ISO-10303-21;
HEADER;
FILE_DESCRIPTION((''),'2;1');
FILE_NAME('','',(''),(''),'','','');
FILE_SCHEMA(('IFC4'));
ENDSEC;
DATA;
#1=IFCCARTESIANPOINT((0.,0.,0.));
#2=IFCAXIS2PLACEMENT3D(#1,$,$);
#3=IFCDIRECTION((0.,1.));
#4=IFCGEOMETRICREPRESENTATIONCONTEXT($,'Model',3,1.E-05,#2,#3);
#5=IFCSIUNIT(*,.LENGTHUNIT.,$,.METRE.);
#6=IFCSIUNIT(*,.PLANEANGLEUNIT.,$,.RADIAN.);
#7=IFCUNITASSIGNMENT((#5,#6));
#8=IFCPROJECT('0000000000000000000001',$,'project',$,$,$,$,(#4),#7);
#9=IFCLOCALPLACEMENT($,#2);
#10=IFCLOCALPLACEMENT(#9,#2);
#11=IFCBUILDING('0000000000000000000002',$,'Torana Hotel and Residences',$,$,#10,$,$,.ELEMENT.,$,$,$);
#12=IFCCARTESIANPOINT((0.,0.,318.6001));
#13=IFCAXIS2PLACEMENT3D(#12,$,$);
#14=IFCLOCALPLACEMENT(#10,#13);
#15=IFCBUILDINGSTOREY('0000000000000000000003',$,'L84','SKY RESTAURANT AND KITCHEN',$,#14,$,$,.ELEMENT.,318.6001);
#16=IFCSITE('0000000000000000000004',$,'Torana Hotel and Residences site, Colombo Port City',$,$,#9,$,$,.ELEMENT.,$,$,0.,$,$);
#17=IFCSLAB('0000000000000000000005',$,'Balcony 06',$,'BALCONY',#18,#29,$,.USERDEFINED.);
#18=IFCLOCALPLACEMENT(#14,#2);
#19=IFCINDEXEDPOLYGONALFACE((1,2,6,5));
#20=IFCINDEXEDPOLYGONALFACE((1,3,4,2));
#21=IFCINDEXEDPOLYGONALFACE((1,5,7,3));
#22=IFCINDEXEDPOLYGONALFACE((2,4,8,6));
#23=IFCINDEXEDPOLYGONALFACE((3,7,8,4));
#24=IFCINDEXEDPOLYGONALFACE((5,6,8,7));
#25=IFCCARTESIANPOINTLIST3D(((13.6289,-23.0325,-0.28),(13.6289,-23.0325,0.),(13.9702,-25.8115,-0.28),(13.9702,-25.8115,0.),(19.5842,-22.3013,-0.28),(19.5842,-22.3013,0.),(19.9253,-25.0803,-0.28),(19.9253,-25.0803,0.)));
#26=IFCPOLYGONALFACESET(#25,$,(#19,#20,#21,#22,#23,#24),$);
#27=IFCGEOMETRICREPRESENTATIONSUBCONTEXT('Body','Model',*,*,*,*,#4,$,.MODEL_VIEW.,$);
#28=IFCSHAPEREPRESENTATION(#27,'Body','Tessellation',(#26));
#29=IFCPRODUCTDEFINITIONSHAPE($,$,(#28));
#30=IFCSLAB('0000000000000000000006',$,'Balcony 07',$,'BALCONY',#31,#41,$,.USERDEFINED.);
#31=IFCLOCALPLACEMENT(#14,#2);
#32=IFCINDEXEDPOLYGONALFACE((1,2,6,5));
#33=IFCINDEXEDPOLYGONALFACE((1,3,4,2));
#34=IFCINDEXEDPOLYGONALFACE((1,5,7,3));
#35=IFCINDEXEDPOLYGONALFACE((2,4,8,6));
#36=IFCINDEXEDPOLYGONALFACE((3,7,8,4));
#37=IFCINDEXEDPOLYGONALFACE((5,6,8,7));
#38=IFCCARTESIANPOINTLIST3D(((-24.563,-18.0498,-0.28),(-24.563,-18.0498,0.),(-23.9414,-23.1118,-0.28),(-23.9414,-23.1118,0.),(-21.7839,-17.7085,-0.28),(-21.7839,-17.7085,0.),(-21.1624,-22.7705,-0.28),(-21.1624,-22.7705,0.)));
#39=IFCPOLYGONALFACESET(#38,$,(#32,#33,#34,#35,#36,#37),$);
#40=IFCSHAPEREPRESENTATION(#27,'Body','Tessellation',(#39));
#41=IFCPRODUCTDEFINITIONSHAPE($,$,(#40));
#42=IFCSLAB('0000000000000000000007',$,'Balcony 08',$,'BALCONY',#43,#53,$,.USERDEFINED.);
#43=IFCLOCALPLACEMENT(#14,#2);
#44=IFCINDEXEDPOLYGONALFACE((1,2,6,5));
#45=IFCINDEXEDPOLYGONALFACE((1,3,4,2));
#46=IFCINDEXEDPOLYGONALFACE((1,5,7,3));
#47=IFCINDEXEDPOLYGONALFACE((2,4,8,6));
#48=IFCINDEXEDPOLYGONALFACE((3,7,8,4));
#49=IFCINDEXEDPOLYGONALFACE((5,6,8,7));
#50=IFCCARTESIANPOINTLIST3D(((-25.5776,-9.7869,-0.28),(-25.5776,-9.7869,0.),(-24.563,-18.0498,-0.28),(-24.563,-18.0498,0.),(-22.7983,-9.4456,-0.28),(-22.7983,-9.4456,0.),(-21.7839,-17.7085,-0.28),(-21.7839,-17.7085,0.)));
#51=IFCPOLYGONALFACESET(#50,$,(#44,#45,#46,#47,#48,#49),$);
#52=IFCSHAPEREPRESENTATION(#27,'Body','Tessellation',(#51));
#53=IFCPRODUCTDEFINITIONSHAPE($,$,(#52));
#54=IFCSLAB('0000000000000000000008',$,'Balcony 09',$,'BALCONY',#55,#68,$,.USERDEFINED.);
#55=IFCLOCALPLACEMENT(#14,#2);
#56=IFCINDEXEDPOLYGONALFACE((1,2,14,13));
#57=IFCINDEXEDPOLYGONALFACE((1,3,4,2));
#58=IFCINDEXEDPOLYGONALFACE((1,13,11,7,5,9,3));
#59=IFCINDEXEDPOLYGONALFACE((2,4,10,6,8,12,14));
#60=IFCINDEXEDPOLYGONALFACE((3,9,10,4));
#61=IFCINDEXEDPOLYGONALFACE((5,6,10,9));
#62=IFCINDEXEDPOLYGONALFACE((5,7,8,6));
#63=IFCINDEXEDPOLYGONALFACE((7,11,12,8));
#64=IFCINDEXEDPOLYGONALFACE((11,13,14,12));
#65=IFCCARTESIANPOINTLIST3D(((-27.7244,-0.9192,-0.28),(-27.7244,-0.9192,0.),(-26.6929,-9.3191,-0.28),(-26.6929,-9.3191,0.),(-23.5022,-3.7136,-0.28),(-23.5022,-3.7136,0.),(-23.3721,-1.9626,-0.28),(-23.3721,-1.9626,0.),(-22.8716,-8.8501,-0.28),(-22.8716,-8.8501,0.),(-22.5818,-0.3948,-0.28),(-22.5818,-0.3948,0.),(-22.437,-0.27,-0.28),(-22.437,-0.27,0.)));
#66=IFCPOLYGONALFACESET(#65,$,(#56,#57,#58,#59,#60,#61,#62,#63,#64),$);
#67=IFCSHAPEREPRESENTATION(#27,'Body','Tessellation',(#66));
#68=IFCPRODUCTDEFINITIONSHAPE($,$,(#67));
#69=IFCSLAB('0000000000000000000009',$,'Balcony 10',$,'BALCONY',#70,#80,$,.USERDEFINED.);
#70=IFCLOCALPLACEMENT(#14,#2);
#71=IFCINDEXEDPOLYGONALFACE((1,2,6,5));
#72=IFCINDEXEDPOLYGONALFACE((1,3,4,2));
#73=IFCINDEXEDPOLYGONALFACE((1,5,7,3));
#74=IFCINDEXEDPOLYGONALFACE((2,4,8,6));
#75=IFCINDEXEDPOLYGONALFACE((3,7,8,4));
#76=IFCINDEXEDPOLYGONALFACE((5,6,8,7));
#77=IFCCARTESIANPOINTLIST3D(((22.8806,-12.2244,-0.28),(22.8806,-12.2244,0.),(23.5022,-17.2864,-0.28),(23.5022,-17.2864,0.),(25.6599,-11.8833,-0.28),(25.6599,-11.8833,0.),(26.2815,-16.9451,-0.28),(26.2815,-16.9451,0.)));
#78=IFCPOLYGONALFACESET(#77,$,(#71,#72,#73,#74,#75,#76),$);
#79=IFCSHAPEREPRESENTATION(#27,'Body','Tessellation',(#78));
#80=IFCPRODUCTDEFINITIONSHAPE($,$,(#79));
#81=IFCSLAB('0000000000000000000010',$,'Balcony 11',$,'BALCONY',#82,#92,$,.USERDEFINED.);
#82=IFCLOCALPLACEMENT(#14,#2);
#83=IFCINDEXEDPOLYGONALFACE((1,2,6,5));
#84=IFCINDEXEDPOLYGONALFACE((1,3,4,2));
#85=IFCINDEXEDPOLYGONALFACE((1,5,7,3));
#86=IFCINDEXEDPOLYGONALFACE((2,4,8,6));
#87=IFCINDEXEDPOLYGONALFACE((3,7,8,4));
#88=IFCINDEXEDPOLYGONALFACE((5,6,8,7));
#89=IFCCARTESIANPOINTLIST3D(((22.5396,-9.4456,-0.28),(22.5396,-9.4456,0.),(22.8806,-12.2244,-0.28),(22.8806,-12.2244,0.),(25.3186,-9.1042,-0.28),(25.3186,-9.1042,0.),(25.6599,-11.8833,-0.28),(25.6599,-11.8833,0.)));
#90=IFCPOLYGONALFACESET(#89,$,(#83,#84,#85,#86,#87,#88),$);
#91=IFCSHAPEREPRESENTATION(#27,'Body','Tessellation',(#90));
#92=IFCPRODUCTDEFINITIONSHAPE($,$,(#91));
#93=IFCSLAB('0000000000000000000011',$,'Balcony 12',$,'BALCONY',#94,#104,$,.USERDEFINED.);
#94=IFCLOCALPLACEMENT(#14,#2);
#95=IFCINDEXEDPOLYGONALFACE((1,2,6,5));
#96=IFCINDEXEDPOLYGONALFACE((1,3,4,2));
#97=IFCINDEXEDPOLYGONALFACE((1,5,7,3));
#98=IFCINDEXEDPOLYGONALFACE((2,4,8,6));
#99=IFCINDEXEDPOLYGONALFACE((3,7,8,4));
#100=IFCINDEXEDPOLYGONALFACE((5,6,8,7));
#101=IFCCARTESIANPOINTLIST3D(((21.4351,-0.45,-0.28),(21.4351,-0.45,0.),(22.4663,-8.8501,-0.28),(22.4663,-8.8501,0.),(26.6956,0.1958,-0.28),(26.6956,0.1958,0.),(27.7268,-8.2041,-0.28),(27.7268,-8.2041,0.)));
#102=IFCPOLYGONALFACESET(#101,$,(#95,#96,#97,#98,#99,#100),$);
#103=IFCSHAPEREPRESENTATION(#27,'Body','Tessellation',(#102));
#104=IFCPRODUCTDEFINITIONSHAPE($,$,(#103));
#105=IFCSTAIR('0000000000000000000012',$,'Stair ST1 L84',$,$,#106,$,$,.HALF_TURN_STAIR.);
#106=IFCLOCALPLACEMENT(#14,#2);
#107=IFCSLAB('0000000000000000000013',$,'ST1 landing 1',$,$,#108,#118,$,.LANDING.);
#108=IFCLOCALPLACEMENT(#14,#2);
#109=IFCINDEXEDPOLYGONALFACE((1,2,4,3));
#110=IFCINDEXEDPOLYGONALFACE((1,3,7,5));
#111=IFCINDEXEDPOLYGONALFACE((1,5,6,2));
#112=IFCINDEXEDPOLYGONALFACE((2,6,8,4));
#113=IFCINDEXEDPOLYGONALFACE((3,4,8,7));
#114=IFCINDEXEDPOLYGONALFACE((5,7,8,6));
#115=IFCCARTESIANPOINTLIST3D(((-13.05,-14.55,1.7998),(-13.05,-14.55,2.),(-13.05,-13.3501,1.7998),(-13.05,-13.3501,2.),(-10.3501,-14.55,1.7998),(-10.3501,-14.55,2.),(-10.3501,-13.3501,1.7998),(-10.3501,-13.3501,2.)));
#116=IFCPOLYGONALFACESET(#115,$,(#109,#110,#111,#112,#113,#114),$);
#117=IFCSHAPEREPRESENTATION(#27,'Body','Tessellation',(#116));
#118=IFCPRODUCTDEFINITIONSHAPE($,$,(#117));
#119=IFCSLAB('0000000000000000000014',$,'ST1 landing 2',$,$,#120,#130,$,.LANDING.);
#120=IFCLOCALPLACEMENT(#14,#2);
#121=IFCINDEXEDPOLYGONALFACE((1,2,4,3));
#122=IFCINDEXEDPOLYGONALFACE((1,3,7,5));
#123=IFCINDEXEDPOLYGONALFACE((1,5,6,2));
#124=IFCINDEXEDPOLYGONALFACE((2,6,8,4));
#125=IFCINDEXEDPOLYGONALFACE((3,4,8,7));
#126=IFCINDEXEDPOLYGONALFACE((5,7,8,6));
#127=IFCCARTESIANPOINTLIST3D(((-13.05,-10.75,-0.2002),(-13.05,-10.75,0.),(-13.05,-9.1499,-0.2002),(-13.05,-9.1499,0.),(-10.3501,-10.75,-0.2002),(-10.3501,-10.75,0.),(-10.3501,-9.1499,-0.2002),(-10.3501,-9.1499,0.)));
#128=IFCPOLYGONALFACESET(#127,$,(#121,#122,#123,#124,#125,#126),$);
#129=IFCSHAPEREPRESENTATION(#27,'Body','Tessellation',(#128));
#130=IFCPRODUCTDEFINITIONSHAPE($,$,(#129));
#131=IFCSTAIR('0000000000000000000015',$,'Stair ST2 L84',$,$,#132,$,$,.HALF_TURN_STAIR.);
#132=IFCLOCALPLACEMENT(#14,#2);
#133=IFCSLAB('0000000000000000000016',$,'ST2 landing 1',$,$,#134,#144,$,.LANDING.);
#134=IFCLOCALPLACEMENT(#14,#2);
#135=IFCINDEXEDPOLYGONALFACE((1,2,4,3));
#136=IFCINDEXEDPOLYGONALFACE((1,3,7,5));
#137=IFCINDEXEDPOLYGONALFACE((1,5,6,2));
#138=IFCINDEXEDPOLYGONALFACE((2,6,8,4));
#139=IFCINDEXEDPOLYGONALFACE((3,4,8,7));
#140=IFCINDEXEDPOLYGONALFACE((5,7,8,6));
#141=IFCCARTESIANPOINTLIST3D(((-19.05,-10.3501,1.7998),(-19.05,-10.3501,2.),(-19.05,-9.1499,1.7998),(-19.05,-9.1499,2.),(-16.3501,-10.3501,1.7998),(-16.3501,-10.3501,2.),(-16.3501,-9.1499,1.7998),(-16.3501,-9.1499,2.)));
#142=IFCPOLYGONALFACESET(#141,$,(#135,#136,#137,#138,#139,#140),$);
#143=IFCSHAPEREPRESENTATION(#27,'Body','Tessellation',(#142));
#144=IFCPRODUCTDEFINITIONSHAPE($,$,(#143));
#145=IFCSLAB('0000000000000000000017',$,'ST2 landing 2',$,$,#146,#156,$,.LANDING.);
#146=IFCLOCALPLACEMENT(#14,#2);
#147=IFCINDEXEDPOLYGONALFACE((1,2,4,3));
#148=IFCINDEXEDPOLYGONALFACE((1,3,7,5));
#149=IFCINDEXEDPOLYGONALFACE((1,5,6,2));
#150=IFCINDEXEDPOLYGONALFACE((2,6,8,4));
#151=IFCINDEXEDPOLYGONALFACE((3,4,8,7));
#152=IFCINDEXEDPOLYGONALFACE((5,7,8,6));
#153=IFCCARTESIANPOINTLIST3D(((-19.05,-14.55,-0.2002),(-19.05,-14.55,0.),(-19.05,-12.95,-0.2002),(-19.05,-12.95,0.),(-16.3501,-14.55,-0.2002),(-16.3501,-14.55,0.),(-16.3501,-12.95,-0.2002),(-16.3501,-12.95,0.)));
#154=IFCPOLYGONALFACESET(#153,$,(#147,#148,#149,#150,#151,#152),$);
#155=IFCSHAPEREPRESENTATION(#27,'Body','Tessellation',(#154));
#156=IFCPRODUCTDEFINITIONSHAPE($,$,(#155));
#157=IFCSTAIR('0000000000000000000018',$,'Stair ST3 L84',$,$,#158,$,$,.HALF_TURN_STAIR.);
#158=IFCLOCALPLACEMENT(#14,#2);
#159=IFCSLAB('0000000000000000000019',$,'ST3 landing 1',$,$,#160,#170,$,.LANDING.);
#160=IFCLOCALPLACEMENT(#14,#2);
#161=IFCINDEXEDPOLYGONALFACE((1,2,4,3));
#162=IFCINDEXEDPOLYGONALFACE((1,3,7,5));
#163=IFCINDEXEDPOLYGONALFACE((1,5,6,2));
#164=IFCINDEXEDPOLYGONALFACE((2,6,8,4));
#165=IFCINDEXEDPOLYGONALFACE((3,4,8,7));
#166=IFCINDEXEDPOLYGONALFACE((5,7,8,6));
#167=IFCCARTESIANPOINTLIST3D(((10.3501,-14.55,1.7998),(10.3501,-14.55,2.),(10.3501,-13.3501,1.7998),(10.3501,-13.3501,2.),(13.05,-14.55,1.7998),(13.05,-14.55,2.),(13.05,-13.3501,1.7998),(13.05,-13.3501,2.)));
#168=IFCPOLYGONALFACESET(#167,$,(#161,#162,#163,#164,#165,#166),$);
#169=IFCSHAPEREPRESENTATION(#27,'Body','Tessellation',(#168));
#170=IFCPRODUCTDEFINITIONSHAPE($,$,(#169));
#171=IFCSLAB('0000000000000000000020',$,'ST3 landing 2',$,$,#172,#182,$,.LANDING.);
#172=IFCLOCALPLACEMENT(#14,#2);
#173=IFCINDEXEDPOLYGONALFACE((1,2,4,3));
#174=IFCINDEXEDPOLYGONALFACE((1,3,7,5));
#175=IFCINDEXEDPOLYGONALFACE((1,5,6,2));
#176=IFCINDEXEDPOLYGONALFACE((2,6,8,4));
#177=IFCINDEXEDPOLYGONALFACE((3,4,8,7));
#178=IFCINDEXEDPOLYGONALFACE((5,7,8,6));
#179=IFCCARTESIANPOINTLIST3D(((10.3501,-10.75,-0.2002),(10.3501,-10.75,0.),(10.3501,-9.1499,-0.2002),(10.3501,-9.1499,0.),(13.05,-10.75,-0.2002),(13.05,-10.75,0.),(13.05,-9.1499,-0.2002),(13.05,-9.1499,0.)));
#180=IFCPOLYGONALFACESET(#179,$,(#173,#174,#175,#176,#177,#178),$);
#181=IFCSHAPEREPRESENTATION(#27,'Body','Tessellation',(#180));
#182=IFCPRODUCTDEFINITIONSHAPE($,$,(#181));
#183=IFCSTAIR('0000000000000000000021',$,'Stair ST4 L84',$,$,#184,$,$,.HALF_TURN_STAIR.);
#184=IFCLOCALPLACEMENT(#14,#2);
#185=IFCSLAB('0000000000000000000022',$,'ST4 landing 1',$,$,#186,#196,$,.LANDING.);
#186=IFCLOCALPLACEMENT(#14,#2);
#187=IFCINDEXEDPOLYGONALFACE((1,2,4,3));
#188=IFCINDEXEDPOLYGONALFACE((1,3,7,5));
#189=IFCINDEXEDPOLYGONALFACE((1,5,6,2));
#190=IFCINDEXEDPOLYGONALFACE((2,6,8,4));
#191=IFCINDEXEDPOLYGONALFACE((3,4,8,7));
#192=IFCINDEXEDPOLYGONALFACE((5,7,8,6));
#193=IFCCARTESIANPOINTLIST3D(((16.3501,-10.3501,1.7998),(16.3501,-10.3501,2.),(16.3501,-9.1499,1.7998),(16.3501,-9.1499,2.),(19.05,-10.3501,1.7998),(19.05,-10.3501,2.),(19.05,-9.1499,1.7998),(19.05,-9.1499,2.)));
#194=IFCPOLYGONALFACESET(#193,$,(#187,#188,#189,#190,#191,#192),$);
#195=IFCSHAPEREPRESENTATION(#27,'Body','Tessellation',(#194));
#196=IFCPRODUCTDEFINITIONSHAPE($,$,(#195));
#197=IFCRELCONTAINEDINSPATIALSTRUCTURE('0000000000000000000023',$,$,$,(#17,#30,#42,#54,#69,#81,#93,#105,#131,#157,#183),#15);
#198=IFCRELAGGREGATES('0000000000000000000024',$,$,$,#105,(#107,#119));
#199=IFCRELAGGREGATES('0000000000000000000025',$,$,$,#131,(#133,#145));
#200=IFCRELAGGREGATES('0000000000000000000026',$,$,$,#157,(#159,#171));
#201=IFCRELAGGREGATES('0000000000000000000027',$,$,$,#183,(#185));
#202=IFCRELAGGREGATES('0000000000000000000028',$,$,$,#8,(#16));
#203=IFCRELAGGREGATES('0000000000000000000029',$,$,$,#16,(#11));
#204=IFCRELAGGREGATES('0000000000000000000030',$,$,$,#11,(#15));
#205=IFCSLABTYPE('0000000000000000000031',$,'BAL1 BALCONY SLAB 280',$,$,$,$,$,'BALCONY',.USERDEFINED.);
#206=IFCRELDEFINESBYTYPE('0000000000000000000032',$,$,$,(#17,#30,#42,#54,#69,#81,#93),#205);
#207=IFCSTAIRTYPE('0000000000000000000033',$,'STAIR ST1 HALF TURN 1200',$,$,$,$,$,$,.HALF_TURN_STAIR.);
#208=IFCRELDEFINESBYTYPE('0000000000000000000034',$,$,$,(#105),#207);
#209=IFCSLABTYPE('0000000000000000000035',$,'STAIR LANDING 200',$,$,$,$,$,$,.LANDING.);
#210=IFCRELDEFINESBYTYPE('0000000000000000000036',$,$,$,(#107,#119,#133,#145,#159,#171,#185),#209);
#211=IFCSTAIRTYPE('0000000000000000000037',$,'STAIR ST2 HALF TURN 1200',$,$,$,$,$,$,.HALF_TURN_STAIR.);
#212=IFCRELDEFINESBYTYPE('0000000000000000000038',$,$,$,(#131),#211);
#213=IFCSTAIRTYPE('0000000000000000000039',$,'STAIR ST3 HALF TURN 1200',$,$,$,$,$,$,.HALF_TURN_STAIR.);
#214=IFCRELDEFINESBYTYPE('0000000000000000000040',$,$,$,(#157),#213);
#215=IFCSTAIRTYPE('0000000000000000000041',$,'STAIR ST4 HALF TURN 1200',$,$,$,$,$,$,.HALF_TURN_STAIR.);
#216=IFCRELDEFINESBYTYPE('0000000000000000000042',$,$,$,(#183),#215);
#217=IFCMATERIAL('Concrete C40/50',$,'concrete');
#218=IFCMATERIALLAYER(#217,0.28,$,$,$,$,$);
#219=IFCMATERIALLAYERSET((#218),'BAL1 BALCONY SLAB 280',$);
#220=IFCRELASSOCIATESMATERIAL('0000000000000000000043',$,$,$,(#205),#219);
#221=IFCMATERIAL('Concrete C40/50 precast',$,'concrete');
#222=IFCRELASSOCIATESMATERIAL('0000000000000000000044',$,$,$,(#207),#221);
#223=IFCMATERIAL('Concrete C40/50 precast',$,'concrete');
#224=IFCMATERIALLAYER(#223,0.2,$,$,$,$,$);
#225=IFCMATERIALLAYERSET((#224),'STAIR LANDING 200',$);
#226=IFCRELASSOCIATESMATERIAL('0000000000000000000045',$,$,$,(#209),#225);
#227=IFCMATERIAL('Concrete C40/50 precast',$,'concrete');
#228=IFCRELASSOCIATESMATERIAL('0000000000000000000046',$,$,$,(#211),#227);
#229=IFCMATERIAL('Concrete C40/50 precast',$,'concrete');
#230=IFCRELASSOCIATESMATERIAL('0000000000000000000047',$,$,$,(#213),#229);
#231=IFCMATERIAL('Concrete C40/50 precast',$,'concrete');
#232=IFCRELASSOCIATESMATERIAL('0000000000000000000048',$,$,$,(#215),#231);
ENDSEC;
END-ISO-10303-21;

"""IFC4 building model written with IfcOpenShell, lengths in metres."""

from ifc_helpers import new_model, si_unit, direction, frame, origin, place, context, subcontext, project, spatial, polyline, outline, extrude, material, layer, layer_set, type_object, element, aggregate, save


model = new_model("IFC4")

# Units and contexts
model_context = context("Model", 3, precision=1e-05, world=origin(), true_north=direction((0.0, 1.0)))
body_context = subcontext(model_context, "Body", "Model", "MODEL_VIEW")
ifc_project = project(units=[si_unit("LENGTHUNIT", "METRE"), si_unit("PLANEANGLEUNIT", "RADIAN")], contexts=[model_context])

# Site, building, storey
site_placement = place(None, origin())
site = spatial("IfcSite", under=ifc_project, at=site_placement, Name="Torana Hotel and Residences site, Colombo Port City", CompositionType="ELEMENT", RefElevation=0.0)
building_placement = place(site_placement, origin())
building = spatial("IfcBuilding", under=site, at=building_placement, Name="Torana Hotel and Residences", CompositionType="ELEMENT")
storey_placement = place(building_placement, frame((0.0, 0.0, 318.6001)))
storey = spatial("IfcBuildingStorey", under=building, at=storey_placement, Name="L84", Description="SKY RESTAURANT AND KITCHEN", CompositionType="ELEMENT", Elevation=318.6001)

# Slabs
ifc_material_1 = material(Name="Concrete C40/50", Category="concrete")
ifc_layer_1 = layer(ifc_material_1, 0.28)
ifc_layer_set_1 = layer_set([ifc_layer_1], Name="BAL1 BALCONY SLAB 280")
slab_type_1 = type_object("IfcSlabType", Name="BAL1 BALCONY SLAB 280", ElementType="BALCONY", PredefinedType="USERDEFINED", material=ifc_layer_set_1)
slab_1_placement = place(storey_placement, frame((0.0, 0.0, -0.28)))
element("IfcSlab", 1, at=slab_1_placement, inside=storey, type_object=slab_type_1, Name="Balcony 06", ObjectType="BALCONY", PredefinedType="USERDEFINED", context=body_context, shape_type="SweptSolid", body=[
    extrude(outline(polyline([(13.9702, -25.8115), (19.9253, -25.0803), (19.5842, -22.3013), (13.6289, -23.0325), (13.9702, -25.8115)])), origin(), (0.0, 0.0, 1.0), 0.28),
])
slab_2_placement = place(storey_placement, frame((0.0, 0.0, -0.28)))
element("IfcSlab", 2, at=slab_2_placement, inside=storey, type_object=slab_type_1, Name="Balcony 07", ObjectType="BALCONY", PredefinedType="USERDEFINED", context=body_context, shape_type="SweptSolid", body=[
    extrude(outline(polyline([(-23.9414, -23.1118), (-21.1624, -22.7705), (-21.7839, -17.7085), (-24.563, -18.0498), (-23.9414, -23.1118)])), origin(), (0.0, 0.0, 1.0), 0.28),
])
slab_3_placement = place(storey_placement, frame((0.0, 0.0, -0.28)))
element("IfcSlab", 3, at=slab_3_placement, inside=storey, type_object=slab_type_1, Name="Balcony 08", ObjectType="BALCONY", PredefinedType="USERDEFINED", context=body_context, shape_type="SweptSolid", body=[
    extrude(outline(polyline([(-24.563, -18.0498), (-21.7839, -17.7085), (-22.7983, -9.4456), (-25.5776, -9.7869), (-24.563, -18.0498)])), origin(), (0.0, 0.0, 1.0), 0.28),
])
slab_4_placement = place(storey_placement, frame((0.0, 0.0, -0.28)))
element("IfcSlab", 4, at=slab_4_placement, inside=storey, type_object=slab_type_1, Name="Balcony 09", ObjectType="BALCONY", PredefinedType="USERDEFINED", context=body_context, shape_type="SweptSolid", body=[
    extrude(outline(polyline([(-26.6929, -9.3191), (-22.8716, -8.8501), (-23.5022, -3.7136), (-23.3721, -1.9626), (-22.5818, -0.3948), (-22.437, -0.27), (-27.7244, -0.9192), (-26.6929, -9.3191)])), origin(), (0.0, 0.0, 1.0), 0.28),
])
slab_5_placement = place(storey_placement, frame((0.0, 0.0, -0.28)))
element("IfcSlab", 5, at=slab_5_placement, inside=storey, type_object=slab_type_1, Name="Balcony 10", ObjectType="BALCONY", PredefinedType="USERDEFINED", context=body_context, shape_type="SweptSolid", body=[
    extrude(outline(polyline([(23.5022, -17.2864), (26.2815, -16.9451), (25.6599, -11.8833), (22.8806, -12.2244), (23.5022, -17.2864)])), origin(), (0.0, 0.0, 1.0), 0.28),
])
slab_6_placement = place(storey_placement, frame((0.0, 0.0, -0.28)))
element("IfcSlab", 6, at=slab_6_placement, inside=storey, type_object=slab_type_1, Name="Balcony 11", ObjectType="BALCONY", PredefinedType="USERDEFINED", context=body_context, shape_type="SweptSolid", body=[
    extrude(outline(polyline([(22.8806, -12.2244), (25.6599, -11.8833), (25.3186, -9.1042), (22.5396, -9.4456), (22.8806, -12.2244)])), origin(), (0.0, 0.0, 1.0), 0.28),
])
slab_7_placement = place(storey_placement, frame((0.0, 0.0, -0.28)))
element("IfcSlab", 7, at=slab_7_placement, inside=storey, type_object=slab_type_1, Name="Balcony 12", ObjectType="BALCONY", PredefinedType="USERDEFINED", context=body_context, shape_type="SweptSolid", body=[
    extrude(outline(polyline([(22.4663, -8.8501), (27.7268, -8.2041), (26.6956, 0.1958), (21.4351, -0.45), (22.4663, -8.8501)])), origin(), (0.0, 0.0, 1.0), 0.28),
])

# Stairs, slabs
ifc_material_2 = material(Name="Concrete C40/50 precast", Category="concrete")
stair_type_1 = type_object("IfcStairType", Name="STAIR ST1 HALF TURN 1200", PredefinedType="HALF_TURN_STAIR", material=ifc_material_2)
stair_1_placement = place(storey_placement, origin())
stair_1 = element("IfcStair", 8, at=stair_1_placement, inside=storey, type_object=stair_type_1, Name="Stair ST1 L84", PredefinedType="HALF_TURN_STAIR")
ifc_material_3 = material(Name="Concrete C40/50 precast", Category="concrete")
ifc_layer_2 = layer(ifc_material_3, 0.2)
ifc_layer_set_2 = layer_set([ifc_layer_2], Name="STAIR LANDING 200")
slab_type_2 = type_object("IfcSlabType", Name="STAIR LANDING 200", PredefinedType="LANDING", material=ifc_layer_set_2)
slab_8_placement = place(storey_placement, frame((0.0, 0.0, 1.7998)))
slab_8 = element("IfcSlab", 9, at=slab_8_placement, type_object=slab_type_2, Name="ST1 landing 1", PredefinedType="LANDING", context=body_context, shape_type="SweptSolid", body=[
    extrude(outline(polyline([(-13.05, -14.55), (-10.3501, -14.55), (-10.3501, -13.3501), (-13.05, -13.3501), (-13.05, -14.55)])), origin(), (0.0, 0.0, 1.0), 0.2002),
])
slab_9_placement = place(storey_placement, frame((0.0, 0.0, -0.2002)))
slab_9 = element("IfcSlab", 10, at=slab_9_placement, type_object=slab_type_2, Name="ST1 landing 2", PredefinedType="LANDING", context=body_context, shape_type="SweptSolid", body=[
    extrude(outline(polyline([(-13.05, -10.75), (-10.3501, -10.75), (-10.3501, -9.1499), (-13.05, -9.1499), (-13.05, -10.75)])), origin(), (0.0, 0.0, 1.0), 0.2002),
])
aggregate(stair_1, [slab_8, slab_9])
ifc_material_4 = material(Name="Concrete C40/50 precast", Category="concrete")
stair_type_2 = type_object("IfcStairType", Name="STAIR ST2 HALF TURN 1200", PredefinedType="HALF_TURN_STAIR", material=ifc_material_4)
stair_2_placement = place(storey_placement, origin())
stair_2 = element("IfcStair", 11, at=stair_2_placement, inside=storey, type_object=stair_type_2, Name="Stair ST2 L84", PredefinedType="HALF_TURN_STAIR")
slab_10_placement = place(storey_placement, frame((0.0, 0.0, 1.7998)))
slab_10 = element("IfcSlab", 12, at=slab_10_placement, type_object=slab_type_2, Name="ST2 landing 1", PredefinedType="LANDING", context=body_context, shape_type="SweptSolid", body=[
    extrude(outline(polyline([(-19.05, -10.3501), (-16.3501, -10.3501), (-16.3501, -9.1499), (-19.05, -9.1499), (-19.05, -10.3501)])), origin(), (0.0, 0.0, 1.0), 0.2002),
])
slab_11_placement = place(storey_placement, frame((0.0, 0.0, -0.2002)))
slab_11 = element("IfcSlab", 13, at=slab_11_placement, type_object=slab_type_2, Name="ST2 landing 2", PredefinedType="LANDING", context=body_context, shape_type="SweptSolid", body=[
    extrude(outline(polyline([(-19.05, -14.55), (-16.3501, -14.55), (-16.3501, -12.95), (-19.05, -12.95), (-19.05, -14.55)])), origin(), (0.0, 0.0, 1.0), 0.2002),
])
aggregate(stair_2, [slab_10, slab_11])
ifc_material_5 = material(Name="Concrete C40/50 precast", Category="concrete")
stair_type_3 = type_object("IfcStairType", Name="STAIR ST3 HALF TURN 1200", PredefinedType="HALF_TURN_STAIR", material=ifc_material_5)
stair_3_placement = place(storey_placement, origin())
stair_3 = element("IfcStair", 14, at=stair_3_placement, inside=storey, type_object=stair_type_3, Name="Stair ST3 L84", PredefinedType="HALF_TURN_STAIR")
slab_12_placement = place(storey_placement, frame((0.0, 0.0, 1.7998)))
slab_12 = element("IfcSlab", 15, at=slab_12_placement, type_object=slab_type_2, Name="ST3 landing 1", PredefinedType="LANDING", context=body_context, shape_type="SweptSolid", body=[
    extrude(outline(polyline([(10.3501, -14.55), (13.05, -14.55), (13.05, -13.3501), (10.3501, -13.3501), (10.3501, -14.55)])), origin(), (0.0, 0.0, 1.0), 0.2002),
])
slab_13_placement = place(storey_placement, frame((0.0, 0.0, -0.2002)))
slab_13 = element("IfcSlab", 16, at=slab_13_placement, type_object=slab_type_2, Name="ST3 landing 2", PredefinedType="LANDING", context=body_context, shape_type="SweptSolid", body=[
    extrude(outline(polyline([(10.3501, -10.75), (13.05, -10.75), (13.05, -9.1499), (10.3501, -9.1499), (10.3501, -10.75)])), origin(), (0.0, 0.0, 1.0), 0.2002),
])
aggregate(stair_3, [slab_12, slab_13])
ifc_material_6 = material(Name="Concrete C40/50 precast", Category="concrete")
stair_type_4 = type_object("IfcStairType", Name="STAIR ST4 HALF TURN 1200", PredefinedType="HALF_TURN_STAIR", material=ifc_material_6)
stair_4_placement = place(storey_placement, origin())
stair_4 = element("IfcStair", 17, at=stair_4_placement, inside=storey, type_object=stair_type_4, Name="Stair ST4 L84", PredefinedType="HALF_TURN_STAIR")
slab_14_placement = place(storey_placement, frame((0.0, 0.0, 1.7998)))
slab_14 = element("IfcSlab", 18, at=slab_14_placement, type_object=slab_type_2, Name="ST4 landing 1", PredefinedType="LANDING", context=body_context, shape_type="SweptSolid", body=[
    extrude(outline(polyline([(16.3501, -10.3501), (19.05, -10.3501), (19.05, -9.1499), (16.3501, -9.1499), (16.3501, -10.3501)])), origin(), (0.0, 0.0, 1.0), 0.2002),
])
aggregate(stair_4, [slab_14])

save(model, "model.ifc")
